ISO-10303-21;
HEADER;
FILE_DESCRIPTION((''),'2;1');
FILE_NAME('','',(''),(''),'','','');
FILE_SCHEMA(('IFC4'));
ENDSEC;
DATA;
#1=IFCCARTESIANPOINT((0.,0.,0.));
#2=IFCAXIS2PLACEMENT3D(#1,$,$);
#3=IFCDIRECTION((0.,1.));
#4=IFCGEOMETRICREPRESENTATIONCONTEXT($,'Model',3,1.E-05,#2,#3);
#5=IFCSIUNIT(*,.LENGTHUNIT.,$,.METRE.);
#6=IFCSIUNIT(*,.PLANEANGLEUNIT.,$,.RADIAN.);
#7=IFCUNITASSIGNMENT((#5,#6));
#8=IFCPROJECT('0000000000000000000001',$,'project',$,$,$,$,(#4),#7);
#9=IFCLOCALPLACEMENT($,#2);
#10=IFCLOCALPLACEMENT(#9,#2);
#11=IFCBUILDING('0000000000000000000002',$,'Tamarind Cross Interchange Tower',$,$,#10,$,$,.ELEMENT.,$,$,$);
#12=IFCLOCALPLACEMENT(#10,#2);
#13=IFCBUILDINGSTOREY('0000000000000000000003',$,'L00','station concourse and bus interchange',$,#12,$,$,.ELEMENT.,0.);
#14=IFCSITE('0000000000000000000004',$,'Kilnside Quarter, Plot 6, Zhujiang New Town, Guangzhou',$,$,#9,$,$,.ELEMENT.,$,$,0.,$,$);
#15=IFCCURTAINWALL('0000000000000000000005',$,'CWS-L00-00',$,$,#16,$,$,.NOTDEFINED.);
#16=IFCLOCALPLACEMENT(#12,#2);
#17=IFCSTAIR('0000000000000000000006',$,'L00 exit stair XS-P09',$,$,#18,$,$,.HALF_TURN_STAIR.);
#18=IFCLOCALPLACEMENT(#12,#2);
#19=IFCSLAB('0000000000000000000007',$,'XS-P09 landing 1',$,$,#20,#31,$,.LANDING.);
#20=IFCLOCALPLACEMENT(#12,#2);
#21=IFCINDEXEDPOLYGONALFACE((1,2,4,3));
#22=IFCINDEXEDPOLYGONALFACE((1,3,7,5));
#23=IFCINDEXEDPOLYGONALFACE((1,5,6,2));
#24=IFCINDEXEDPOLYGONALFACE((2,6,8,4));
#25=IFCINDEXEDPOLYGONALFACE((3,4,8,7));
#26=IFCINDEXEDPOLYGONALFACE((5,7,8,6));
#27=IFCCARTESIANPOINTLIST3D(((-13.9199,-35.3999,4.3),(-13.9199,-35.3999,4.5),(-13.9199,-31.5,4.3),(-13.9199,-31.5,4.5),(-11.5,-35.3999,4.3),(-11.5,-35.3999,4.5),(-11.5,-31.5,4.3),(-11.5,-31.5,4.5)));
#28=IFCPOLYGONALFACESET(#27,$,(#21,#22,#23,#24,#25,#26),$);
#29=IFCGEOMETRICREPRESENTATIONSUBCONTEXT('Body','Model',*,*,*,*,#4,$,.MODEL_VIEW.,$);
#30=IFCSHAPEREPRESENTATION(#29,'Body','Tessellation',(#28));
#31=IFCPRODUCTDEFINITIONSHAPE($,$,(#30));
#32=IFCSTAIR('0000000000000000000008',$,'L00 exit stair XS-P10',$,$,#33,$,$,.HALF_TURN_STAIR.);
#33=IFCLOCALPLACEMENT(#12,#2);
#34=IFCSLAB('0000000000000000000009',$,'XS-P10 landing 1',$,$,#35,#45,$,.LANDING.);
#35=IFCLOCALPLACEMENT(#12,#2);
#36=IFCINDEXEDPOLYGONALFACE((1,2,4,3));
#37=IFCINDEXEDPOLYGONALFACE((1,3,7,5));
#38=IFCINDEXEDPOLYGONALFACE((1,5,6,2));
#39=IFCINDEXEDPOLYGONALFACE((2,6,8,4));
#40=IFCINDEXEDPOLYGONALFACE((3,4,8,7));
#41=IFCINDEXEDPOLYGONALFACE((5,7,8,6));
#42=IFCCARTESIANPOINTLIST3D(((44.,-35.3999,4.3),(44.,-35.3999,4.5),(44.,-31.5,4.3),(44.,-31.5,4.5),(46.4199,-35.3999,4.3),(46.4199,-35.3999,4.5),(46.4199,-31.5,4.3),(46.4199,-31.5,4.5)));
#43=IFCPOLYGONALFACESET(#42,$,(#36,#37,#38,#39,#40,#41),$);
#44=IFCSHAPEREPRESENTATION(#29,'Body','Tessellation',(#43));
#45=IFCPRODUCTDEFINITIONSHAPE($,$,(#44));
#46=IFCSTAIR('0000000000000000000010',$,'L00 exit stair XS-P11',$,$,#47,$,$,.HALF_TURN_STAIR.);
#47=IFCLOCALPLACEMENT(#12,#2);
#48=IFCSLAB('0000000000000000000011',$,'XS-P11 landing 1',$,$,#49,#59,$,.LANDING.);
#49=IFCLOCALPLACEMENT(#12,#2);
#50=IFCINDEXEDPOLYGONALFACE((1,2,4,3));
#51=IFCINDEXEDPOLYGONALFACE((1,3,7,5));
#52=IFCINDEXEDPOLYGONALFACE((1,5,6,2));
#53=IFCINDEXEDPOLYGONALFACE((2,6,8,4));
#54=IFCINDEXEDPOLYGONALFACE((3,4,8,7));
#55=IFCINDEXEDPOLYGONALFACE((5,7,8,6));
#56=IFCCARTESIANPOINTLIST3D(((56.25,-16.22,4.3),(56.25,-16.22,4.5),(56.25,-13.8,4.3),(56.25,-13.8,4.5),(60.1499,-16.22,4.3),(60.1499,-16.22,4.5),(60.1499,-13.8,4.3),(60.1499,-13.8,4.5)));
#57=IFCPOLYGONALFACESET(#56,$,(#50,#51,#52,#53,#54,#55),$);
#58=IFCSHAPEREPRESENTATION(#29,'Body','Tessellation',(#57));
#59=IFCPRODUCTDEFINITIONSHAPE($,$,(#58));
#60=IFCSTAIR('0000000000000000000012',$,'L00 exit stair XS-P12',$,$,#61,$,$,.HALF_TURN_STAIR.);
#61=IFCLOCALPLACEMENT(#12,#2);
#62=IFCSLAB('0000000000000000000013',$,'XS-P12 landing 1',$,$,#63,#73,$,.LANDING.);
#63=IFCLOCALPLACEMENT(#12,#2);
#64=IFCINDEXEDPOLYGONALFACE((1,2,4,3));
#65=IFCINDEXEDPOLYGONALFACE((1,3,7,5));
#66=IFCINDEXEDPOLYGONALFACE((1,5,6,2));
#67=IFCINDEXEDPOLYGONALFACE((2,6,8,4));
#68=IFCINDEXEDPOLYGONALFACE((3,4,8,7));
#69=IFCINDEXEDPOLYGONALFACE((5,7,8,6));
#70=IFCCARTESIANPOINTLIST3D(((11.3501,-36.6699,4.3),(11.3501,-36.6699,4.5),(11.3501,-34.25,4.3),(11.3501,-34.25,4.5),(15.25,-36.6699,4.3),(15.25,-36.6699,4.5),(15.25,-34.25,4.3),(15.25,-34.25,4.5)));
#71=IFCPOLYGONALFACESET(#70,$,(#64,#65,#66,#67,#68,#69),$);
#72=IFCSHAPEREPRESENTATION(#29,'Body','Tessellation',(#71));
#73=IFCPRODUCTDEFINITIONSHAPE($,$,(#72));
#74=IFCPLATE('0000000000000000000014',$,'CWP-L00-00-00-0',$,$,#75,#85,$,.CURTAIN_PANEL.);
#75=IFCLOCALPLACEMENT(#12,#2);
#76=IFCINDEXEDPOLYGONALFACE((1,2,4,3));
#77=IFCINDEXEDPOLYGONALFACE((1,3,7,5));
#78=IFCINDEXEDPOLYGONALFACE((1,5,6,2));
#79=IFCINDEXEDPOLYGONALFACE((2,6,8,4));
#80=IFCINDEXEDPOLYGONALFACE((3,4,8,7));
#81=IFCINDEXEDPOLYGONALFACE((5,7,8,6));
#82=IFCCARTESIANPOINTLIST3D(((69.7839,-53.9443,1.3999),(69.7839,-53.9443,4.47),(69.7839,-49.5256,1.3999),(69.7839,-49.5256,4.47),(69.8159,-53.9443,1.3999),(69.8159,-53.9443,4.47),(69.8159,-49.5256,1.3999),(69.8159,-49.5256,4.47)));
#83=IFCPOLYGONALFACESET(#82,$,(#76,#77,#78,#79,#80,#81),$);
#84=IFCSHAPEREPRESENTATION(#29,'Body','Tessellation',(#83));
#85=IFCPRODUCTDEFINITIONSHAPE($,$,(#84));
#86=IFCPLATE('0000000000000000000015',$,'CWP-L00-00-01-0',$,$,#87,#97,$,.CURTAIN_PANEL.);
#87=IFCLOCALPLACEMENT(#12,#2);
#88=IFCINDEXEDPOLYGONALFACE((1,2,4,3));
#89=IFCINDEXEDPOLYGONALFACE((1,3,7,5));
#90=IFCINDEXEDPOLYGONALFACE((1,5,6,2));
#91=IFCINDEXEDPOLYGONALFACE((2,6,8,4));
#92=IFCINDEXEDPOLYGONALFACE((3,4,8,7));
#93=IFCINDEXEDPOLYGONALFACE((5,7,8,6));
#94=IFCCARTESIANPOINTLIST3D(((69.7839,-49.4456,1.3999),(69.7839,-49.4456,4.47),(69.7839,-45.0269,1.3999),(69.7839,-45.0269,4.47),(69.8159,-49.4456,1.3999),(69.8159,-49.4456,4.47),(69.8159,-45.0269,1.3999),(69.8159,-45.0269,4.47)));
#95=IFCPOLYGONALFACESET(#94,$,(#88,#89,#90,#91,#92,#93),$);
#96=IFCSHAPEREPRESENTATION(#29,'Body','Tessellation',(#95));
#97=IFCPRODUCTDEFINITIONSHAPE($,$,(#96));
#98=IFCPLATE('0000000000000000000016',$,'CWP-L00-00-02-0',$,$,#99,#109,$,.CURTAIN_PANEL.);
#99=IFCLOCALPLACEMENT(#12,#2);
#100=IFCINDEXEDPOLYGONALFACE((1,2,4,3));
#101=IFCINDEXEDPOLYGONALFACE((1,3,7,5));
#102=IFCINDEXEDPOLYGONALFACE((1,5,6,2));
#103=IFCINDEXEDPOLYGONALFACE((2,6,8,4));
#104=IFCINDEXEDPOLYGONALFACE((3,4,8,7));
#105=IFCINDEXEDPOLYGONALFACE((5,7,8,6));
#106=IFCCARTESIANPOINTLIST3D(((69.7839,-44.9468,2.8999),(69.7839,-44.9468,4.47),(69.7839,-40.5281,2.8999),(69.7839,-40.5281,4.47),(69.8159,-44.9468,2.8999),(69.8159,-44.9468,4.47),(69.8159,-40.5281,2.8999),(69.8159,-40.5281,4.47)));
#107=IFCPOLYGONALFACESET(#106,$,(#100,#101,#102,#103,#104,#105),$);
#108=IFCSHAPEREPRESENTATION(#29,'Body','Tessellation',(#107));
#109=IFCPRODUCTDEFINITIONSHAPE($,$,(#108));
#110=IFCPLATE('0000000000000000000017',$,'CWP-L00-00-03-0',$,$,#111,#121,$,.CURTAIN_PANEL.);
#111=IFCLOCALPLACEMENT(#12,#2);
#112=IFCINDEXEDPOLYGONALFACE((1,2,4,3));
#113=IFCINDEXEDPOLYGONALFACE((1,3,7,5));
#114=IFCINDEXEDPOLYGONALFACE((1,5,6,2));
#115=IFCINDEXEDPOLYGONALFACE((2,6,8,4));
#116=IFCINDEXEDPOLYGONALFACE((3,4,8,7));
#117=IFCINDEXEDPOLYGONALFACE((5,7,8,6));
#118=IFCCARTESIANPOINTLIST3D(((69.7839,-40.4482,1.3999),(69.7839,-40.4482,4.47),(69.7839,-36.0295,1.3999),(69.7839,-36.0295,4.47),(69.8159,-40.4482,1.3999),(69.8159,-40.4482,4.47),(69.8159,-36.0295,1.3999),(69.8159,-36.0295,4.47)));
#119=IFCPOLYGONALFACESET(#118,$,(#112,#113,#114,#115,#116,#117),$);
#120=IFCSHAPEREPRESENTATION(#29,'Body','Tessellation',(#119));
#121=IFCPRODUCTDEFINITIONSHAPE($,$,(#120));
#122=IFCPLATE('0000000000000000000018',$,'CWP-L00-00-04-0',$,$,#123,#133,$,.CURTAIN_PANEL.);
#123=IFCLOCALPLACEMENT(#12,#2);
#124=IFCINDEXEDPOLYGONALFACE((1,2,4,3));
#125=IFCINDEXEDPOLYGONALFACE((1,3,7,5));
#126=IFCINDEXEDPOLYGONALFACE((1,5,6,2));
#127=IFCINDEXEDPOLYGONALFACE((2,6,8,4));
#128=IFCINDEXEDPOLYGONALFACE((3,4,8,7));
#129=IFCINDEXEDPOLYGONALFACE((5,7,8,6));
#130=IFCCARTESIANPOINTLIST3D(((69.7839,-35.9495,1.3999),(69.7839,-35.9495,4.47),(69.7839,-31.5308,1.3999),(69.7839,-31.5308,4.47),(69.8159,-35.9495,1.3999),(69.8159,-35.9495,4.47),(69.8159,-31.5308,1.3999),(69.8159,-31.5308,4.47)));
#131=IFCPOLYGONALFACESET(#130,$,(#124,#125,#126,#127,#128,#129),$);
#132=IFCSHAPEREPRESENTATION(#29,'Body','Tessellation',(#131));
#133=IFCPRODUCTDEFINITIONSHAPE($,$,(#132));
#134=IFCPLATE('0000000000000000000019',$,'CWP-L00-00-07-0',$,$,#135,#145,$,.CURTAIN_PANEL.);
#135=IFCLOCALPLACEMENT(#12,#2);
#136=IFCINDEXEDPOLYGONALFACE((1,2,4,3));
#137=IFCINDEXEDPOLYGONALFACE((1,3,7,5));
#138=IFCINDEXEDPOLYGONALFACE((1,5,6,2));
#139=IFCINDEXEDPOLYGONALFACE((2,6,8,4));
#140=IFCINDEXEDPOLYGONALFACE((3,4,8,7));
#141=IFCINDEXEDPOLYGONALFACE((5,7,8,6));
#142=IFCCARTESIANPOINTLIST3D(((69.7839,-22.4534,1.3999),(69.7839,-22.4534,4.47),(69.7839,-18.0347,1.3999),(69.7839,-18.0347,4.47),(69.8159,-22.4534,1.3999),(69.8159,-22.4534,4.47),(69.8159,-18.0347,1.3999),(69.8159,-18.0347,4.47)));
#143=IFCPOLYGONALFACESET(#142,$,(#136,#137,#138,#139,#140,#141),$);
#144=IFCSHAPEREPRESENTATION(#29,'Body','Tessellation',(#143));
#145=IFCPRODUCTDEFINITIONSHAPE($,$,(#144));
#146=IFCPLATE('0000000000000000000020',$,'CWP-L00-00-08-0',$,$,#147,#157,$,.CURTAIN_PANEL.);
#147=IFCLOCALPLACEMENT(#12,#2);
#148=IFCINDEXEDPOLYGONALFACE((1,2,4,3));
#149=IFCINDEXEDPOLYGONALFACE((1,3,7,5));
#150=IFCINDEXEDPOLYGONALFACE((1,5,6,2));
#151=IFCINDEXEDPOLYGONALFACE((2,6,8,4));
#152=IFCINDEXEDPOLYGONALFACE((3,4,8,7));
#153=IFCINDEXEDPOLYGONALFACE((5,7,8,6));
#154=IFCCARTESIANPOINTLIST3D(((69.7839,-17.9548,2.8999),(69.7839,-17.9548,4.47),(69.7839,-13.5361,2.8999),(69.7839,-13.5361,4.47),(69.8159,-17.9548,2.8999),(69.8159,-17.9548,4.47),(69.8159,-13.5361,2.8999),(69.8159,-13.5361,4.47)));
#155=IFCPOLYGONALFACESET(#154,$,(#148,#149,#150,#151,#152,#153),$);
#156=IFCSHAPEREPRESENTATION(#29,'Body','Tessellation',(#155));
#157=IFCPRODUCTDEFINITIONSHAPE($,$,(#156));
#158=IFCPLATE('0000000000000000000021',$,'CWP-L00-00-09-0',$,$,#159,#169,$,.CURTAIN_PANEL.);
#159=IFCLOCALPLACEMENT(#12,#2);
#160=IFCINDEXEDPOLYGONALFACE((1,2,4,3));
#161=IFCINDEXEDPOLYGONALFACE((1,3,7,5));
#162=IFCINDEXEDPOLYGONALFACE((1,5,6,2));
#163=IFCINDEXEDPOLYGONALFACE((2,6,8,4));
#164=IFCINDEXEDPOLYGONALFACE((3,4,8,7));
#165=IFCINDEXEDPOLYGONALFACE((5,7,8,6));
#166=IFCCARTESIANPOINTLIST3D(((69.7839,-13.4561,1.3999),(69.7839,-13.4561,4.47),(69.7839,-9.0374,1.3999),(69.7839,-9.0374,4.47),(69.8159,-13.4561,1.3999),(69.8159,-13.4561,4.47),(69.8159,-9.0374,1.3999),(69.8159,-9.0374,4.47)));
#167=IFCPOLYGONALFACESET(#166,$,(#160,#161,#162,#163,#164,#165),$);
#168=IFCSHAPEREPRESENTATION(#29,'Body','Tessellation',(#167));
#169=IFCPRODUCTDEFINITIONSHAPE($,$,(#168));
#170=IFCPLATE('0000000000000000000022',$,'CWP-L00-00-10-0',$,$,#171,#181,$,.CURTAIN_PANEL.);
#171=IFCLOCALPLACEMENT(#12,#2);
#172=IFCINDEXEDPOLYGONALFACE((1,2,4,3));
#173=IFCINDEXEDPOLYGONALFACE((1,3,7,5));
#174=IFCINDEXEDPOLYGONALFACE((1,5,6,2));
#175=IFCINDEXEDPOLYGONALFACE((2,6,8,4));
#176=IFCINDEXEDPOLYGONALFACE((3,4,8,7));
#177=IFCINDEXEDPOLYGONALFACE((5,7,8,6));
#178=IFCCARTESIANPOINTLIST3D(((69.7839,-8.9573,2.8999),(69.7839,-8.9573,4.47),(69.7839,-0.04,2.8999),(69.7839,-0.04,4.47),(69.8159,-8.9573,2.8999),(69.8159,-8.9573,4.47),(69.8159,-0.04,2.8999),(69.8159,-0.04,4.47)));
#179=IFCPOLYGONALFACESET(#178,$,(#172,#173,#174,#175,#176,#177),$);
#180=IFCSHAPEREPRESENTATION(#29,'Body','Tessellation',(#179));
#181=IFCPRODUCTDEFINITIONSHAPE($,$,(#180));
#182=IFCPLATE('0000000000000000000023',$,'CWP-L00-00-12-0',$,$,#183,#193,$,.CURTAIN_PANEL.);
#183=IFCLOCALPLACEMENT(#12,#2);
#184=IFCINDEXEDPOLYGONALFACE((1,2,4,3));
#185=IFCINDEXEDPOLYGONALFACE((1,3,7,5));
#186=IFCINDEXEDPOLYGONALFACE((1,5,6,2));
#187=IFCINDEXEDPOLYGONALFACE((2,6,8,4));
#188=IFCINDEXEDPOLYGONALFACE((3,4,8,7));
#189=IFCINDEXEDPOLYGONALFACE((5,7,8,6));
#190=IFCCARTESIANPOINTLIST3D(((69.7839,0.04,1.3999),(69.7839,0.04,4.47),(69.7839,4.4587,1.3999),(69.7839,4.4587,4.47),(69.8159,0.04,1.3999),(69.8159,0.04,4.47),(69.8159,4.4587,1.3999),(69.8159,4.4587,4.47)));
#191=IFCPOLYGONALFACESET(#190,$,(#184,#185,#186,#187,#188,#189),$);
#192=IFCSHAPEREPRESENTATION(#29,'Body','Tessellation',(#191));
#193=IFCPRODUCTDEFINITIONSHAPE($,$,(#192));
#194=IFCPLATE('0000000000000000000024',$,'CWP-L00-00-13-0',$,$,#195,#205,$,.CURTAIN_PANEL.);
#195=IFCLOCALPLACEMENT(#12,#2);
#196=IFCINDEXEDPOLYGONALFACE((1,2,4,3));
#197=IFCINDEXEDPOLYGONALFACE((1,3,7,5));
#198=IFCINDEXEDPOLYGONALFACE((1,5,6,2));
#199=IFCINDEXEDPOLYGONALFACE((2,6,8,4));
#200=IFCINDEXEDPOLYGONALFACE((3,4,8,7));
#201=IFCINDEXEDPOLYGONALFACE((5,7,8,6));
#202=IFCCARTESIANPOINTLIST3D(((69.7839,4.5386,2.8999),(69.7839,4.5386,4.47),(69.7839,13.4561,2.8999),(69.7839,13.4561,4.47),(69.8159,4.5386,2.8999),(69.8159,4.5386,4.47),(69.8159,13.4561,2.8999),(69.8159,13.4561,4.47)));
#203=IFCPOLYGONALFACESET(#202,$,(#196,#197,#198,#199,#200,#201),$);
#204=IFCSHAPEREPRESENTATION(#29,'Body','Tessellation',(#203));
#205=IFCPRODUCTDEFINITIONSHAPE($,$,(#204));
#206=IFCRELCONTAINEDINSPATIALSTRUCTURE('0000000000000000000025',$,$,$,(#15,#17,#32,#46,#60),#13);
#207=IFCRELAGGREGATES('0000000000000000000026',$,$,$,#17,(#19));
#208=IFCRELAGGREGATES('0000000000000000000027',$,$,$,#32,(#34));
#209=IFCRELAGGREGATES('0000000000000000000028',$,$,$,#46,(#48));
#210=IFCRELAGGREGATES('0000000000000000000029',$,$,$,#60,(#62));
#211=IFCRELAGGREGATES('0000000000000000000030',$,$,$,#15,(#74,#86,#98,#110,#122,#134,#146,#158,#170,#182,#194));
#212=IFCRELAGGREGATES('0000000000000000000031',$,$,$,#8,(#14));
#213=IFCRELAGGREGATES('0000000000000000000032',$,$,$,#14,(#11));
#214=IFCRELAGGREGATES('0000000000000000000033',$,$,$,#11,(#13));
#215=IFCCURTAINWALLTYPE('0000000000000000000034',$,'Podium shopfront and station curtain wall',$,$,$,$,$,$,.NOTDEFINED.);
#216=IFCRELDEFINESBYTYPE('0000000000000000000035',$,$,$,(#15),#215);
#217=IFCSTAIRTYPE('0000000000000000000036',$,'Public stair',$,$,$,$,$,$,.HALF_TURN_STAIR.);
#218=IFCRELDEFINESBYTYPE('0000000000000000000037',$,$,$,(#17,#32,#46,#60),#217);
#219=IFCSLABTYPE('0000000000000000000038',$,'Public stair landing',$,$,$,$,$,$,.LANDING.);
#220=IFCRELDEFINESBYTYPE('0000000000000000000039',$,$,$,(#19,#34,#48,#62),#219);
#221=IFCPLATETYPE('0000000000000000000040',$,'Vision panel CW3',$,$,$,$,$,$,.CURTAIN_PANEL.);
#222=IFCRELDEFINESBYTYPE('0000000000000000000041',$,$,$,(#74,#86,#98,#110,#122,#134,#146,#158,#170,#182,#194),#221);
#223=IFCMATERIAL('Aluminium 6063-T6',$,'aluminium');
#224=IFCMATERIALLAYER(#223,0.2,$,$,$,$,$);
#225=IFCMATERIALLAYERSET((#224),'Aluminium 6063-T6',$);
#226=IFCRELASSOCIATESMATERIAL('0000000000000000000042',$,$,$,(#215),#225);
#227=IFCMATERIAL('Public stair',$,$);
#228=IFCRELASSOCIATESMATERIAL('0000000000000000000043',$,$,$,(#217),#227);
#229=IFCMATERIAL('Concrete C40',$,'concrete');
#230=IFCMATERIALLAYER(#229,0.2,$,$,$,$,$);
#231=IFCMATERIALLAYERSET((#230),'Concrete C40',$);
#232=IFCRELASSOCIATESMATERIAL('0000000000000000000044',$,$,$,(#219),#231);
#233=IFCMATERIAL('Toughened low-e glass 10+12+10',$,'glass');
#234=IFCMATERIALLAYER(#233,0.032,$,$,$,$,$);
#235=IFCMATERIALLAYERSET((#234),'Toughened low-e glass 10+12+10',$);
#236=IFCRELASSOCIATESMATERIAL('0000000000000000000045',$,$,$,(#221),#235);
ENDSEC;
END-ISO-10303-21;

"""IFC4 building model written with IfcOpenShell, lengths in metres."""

from ifc_helpers import new_model, si_unit, direction, frame, origin, place, context, subcontext, project, spatial, polyline, outline, extrude, material, layer, layer_set, type_object, element, aggregate, save


model = new_model("IFC4")

# Units and contexts
model_context = context("Model", 3, precision=1e-05, world=origin(), true_north=direction((0.0, 1.0)))
body_context = subcontext(model_context, "Body", "Model", "MODEL_VIEW")
ifc_project = project(units=[si_unit("LENGTHUNIT", "METRE"), si_unit("PLANEANGLEUNIT", "RADIAN")], contexts=[model_context])

# Site, building, storey
site_placement = place(None, origin())
site = spatial("IfcSite", under=ifc_project, at=site_placement, Name="Kilnside Quarter, Plot 6, Zhujiang New Town, Guangzhou", CompositionType="ELEMENT", RefElevation=0.0)
building_placement = place(site_placement, origin())
building = spatial("IfcBuilding", under=site, at=building_placement, Name="Tamarind Cross Interchange Tower", CompositionType="ELEMENT")
storey_placement = place(building_placement, origin())
storey = spatial("IfcBuildingStorey", under=building, at=storey_placement, Name="L00", Description="station concourse and bus interchange", CompositionType="ELEMENT", Elevation=0.0)

# Curtain wall
ifc_material_1 = material(Name="Aluminium 6063-T6", Category="aluminium")
ifc_layer_1 = layer(ifc_material_1, 0.2)
ifc_layer_set_1 = layer_set([ifc_layer_1], Name="Aluminium 6063-T6")
curtain_wall_type = type_object("IfcCurtainWallType", Name="Podium shopfront and station curtain wall", PredefinedType="NOTDEFINED", material=ifc_layer_set_1)
curtain_wall_placement = place(storey_placement, origin())
curtain_wall = element("IfcCurtainWall", 1, at=curtain_wall_placement, inside=storey, type_object=curtain_wall_type, Name="CWS-L00-00", PredefinedType="NOTDEFINED")

# Stairs, slabs
ifc_material_2 = material(Name="Public stair")
stair_type = type_object("IfcStairType", Name="Public stair", PredefinedType="HALF_TURN_STAIR", material=ifc_material_2)
ifc_material_3 = material(Name="Concrete C40", Category="concrete")
ifc_layer_2 = layer(ifc_material_3, 0.2)
ifc_layer_set_2 = layer_set([ifc_layer_2], Name="Concrete C40")
slab_type = type_object("IfcSlabType", Name="Public stair landing", PredefinedType="LANDING", material=ifc_layer_set_2)
stair_1_placement = place(storey_placement, origin())
stair_1 = element("IfcStair", 2, at=stair_1_placement, inside=storey, type_object=stair_type, Name="L00 exit stair XS-P09", PredefinedType="HALF_TURN_STAIR")
slab_1_placement = place(storey_placement, frame((0.0, 0.0, 4.3)))
slab_1 = element("IfcSlab", 3, at=slab_1_placement, type_object=slab_type, Name="XS-P09 landing 1", PredefinedType="LANDING", context=body_context, shape_type="SweptSolid", body=[
    extrude(outline(polyline([(-13.9199, -35.3999), (-11.5, -35.3999), (-11.5, -31.5), (-13.9199, -31.5), (-13.9199, -35.3999)])), origin(), (0.0, 0.0, 1.0), 0.2),
])
aggregate(stair_1, [slab_1])
stair_2_placement = place(storey_placement, origin())
stair_2 = element("IfcStair", 4, at=stair_2_placement, inside=storey, type_object=stair_type, Name="L00 exit stair XS-P10", PredefinedType="HALF_TURN_STAIR")
slab_2_placement = place(storey_placement, frame((0.0, 0.0, 4.3)))
slab_2 = element("IfcSlab", 5, at=slab_2_placement, type_object=slab_type, Name="XS-P10 landing 1", PredefinedType="LANDING", context=body_context, shape_type="SweptSolid", body=[
    extrude(outline(polyline([(46.4199, -31.5), (44.0, -31.5), (44.0, -35.3999), (46.4199, -35.3999), (46.4199, -31.5)])), origin(), (0.0, 0.0, 1.0), 0.2),
])
aggregate(stair_2, [slab_2])
stair_3_placement = place(storey_placement, origin())
stair_3 = element("IfcStair", 6, at=stair_3_placement, inside=storey, type_object=stair_type, Name="L00 exit stair XS-P11", PredefinedType="HALF_TURN_STAIR")
slab_3_placement = place(storey_placement, frame((0.0, 0.0, 4.3)))
slab_3 = element("IfcSlab", 7, at=slab_3_placement, type_object=slab_type, Name="XS-P11 landing 1", PredefinedType="LANDING", context=body_context, shape_type="SweptSolid", body=[
    extrude(outline(polyline([(60.1499, -16.22), (60.1499, -13.8), (56.25, -13.8), (56.25, -16.22), (60.1499, -16.22)])), origin(), (0.0, 0.0, 1.0), 0.2),
])
aggregate(stair_3, [slab_3])
stair_4_placement = place(storey_placement, origin())
stair_4 = element("IfcStair", 8, at=stair_4_placement, inside=storey, type_object=stair_type, Name="L00 exit stair XS-P12", PredefinedType="HALF_TURN_STAIR")
slab_4_placement = place(storey_placement, frame((0.0, 0.0, 4.3)))
slab_4 = element("IfcSlab", 9, at=slab_4_placement, type_object=slab_type, Name="XS-P12 landing 1", PredefinedType="LANDING", context=body_context, shape_type="SweptSolid", body=[
    extrude(outline(polyline([(15.25, -36.6699), (15.25, -34.25), (11.3501, -34.25), (11.3501, -36.6699), (15.25, -36.6699)])), origin(), (0.0, 0.0, 1.0), 0.2),
])
aggregate(stair_4, [slab_4])

# Plates
ifc_material_4 = material(Name="Toughened low-e glass 10+12+10", Category="glass")
ifc_layer_3 = layer(ifc_material_4, 0.032)
ifc_layer_set_3 = layer_set([ifc_layer_3], Name="Toughened low-e glass 10+12+10")
plate_type = type_object("IfcPlateType", Name="Vision panel CW3", PredefinedType="CURTAIN_PANEL", material=ifc_layer_set_3)
plate_1_placement = place(storey_placement, frame((0.0, 0.0, 1.3999)))
plate_1 = element("IfcPlate", 10, at=plate_1_placement, type_object=plate_type, Name="CWP-L00-00-00-0", PredefinedType="CURTAIN_PANEL", context=body_context, shape_type="SweptSolid", body=[
    extrude(outline(polyline([(69.7839, -53.9443), (69.7839, -49.5256), (69.8159, -49.5256), (69.8159, -53.9443), (69.7839, -53.9443)])), origin(), (0.0, 0.0, 1.0), 3.0701),
])
plate_2_placement = place(storey_placement, frame((0.0, 0.0, 1.3999)))
plate_2 = element("IfcPlate", 11, at=plate_2_placement, type_object=plate_type, Name="CWP-L00-00-01-0", PredefinedType="CURTAIN_PANEL", context=body_context, shape_type="SweptSolid", body=[
    extrude(outline(polyline([(69.7839, -49.4456), (69.7839, -45.0269), (69.8159, -45.0269), (69.8159, -49.4456), (69.7839, -49.4456)])), origin(), (0.0, 0.0, 1.0), 3.0701),
])
plate_3_placement = place(storey_placement, frame((0.0, 0.0, 2.8999)))
plate_3 = element("IfcPlate", 12, at=plate_3_placement, type_object=plate_type, Name="CWP-L00-00-02-0", PredefinedType="CURTAIN_PANEL", context=body_context, shape_type="SweptSolid", body=[
    extrude(outline(polyline([(69.7839, -44.9468), (69.7839, -40.5281), (69.8159, -40.5281), (69.8159, -44.9468), (69.7839, -44.9468)])), origin(), (0.0, 0.0, 1.0), 1.5701),
])
plate_4_placement = place(storey_placement, frame((0.0, 0.0, 1.3999)))
plate_4 = element("IfcPlate", 13, at=plate_4_placement, type_object=plate_type, Name="CWP-L00-00-03-0", PredefinedType="CURTAIN_PANEL", context=body_context, shape_type="SweptSolid", body=[
    extrude(outline(polyline([(69.7839, -40.4482), (69.7839, -36.0295), (69.8159, -36.0295), (69.8159, -40.4482), (69.7839, -40.4482)])), origin(), (0.0, 0.0, 1.0), 3.0701),
])
plate_5_placement = place(storey_placement, frame((0.0, 0.0, 1.3999)))
plate_5 = element("IfcPlate", 14, at=plate_5_placement, type_object=plate_type, Name="CWP-L00-00-04-0", PredefinedType="CURTAIN_PANEL", context=body_context, shape_type="SweptSolid", body=[
    extrude(outline(polyline([(69.7839, -35.9495), (69.7839, -31.5308), (69.8159, -31.5308), (69.8159, -35.9495), (69.7839, -35.9495)])), origin(), (0.0, 0.0, 1.0), 3.0701),
])
plate_6_placement = place(storey_placement, frame((0.0, 0.0, 1.3999)))
plate_6 = element("IfcPlate", 15, at=plate_6_placement, type_object=plate_type, Name="CWP-L00-00-07-0", PredefinedType="CURTAIN_PANEL", context=body_context, shape_type="SweptSolid", body=[
    extrude(outline(polyline([(69.7839, -22.4534), (69.7839, -18.0347), (69.8159, -18.0347), (69.8159, -22.4534), (69.7839, -22.4534)])), origin(), (0.0, 0.0, 1.0), 3.0701),
])
plate_7_placement = place(storey_placement, frame((0.0, 0.0, 2.8999)))
plate_7 = element("IfcPlate", 16, at=plate_7_placement, type_object=plate_type, Name="CWP-L00-00-08-0", PredefinedType="CURTAIN_PANEL", context=body_context, shape_type="SweptSolid", body=[
    extrude(outline(polyline([(69.7839, -17.9548), (69.7839, -13.5361), (69.8159, -13.5361), (69.8159, -17.9548), (69.7839, -17.9548)])), origin(), (0.0, 0.0, 1.0), 1.5701),
])
plate_8_placement = place(storey_placement, frame((0.0, 0.0, 1.3999)))
plate_8 = element("IfcPlate", 17, at=plate_8_placement, type_object=plate_type, Name="CWP-L00-00-09-0", PredefinedType="CURTAIN_PANEL", context=body_context, shape_type="SweptSolid", body=[
    extrude(outline(polyline([(69.7839, -13.4561), (69.7839, -9.0374), (69.8159, -9.0374), (69.8159, -13.4561), (69.7839, -13.4561)])), origin(), (0.0, 0.0, 1.0), 3.0701),
])
plate_9_placement = place(storey_placement, frame((0.0, 0.0, 2.8999)))
plate_9 = element("IfcPlate", 18, at=plate_9_placement, type_object=plate_type, Name="CWP-L00-00-10-0", PredefinedType="CURTAIN_PANEL", context=body_context, shape_type="SweptSolid", body=[
    extrude(outline(polyline([(69.7839, -8.9573), (69.7839, -0.04), (69.8159, -0.04), (69.8159, -8.9573), (69.7839, -8.9573)])), origin(), (0.0, 0.0, 1.0), 1.5701),
])
plate_10_placement = place(storey_placement, frame((0.0, 0.0, 1.3999)))
plate_10 = element("IfcPlate", 19, at=plate_10_placement, type_object=plate_type, Name="CWP-L00-00-12-0", PredefinedType="CURTAIN_PANEL", context=body_context, shape_type="SweptSolid", body=[
    extrude(outline(polyline([(69.7839, 0.04), (69.7839, 4.4587), (69.8159, 4.4587), (69.8159, 0.04), (69.7839, 0.04)])), origin(), (0.0, 0.0, 1.0), 3.0701),
])
plate_11_placement = place(storey_placement, frame((0.0, 0.0, 2.8999)))
plate_11 = element("IfcPlate", 20, at=plate_11_placement, type_object=plate_type, Name="CWP-L00-00-13-0", PredefinedType="CURTAIN_PANEL", context=body_context, shape_type="SweptSolid", body=[
    extrude(outline(polyline([(69.7839, 4.5386), (69.7839, 13.4561), (69.8159, 13.4561), (69.8159, 4.5386), (69.7839, 4.5386)])), origin(), (0.0, 0.0, 1.0), 1.5701),
])
aggregate(curtain_wall, [plate_1, plate_2, plate_3, plate_4, plate_5, plate_6, plate_7, plate_8, plate_9, plate_10, plate_11])

save(model, "model.ifc")
